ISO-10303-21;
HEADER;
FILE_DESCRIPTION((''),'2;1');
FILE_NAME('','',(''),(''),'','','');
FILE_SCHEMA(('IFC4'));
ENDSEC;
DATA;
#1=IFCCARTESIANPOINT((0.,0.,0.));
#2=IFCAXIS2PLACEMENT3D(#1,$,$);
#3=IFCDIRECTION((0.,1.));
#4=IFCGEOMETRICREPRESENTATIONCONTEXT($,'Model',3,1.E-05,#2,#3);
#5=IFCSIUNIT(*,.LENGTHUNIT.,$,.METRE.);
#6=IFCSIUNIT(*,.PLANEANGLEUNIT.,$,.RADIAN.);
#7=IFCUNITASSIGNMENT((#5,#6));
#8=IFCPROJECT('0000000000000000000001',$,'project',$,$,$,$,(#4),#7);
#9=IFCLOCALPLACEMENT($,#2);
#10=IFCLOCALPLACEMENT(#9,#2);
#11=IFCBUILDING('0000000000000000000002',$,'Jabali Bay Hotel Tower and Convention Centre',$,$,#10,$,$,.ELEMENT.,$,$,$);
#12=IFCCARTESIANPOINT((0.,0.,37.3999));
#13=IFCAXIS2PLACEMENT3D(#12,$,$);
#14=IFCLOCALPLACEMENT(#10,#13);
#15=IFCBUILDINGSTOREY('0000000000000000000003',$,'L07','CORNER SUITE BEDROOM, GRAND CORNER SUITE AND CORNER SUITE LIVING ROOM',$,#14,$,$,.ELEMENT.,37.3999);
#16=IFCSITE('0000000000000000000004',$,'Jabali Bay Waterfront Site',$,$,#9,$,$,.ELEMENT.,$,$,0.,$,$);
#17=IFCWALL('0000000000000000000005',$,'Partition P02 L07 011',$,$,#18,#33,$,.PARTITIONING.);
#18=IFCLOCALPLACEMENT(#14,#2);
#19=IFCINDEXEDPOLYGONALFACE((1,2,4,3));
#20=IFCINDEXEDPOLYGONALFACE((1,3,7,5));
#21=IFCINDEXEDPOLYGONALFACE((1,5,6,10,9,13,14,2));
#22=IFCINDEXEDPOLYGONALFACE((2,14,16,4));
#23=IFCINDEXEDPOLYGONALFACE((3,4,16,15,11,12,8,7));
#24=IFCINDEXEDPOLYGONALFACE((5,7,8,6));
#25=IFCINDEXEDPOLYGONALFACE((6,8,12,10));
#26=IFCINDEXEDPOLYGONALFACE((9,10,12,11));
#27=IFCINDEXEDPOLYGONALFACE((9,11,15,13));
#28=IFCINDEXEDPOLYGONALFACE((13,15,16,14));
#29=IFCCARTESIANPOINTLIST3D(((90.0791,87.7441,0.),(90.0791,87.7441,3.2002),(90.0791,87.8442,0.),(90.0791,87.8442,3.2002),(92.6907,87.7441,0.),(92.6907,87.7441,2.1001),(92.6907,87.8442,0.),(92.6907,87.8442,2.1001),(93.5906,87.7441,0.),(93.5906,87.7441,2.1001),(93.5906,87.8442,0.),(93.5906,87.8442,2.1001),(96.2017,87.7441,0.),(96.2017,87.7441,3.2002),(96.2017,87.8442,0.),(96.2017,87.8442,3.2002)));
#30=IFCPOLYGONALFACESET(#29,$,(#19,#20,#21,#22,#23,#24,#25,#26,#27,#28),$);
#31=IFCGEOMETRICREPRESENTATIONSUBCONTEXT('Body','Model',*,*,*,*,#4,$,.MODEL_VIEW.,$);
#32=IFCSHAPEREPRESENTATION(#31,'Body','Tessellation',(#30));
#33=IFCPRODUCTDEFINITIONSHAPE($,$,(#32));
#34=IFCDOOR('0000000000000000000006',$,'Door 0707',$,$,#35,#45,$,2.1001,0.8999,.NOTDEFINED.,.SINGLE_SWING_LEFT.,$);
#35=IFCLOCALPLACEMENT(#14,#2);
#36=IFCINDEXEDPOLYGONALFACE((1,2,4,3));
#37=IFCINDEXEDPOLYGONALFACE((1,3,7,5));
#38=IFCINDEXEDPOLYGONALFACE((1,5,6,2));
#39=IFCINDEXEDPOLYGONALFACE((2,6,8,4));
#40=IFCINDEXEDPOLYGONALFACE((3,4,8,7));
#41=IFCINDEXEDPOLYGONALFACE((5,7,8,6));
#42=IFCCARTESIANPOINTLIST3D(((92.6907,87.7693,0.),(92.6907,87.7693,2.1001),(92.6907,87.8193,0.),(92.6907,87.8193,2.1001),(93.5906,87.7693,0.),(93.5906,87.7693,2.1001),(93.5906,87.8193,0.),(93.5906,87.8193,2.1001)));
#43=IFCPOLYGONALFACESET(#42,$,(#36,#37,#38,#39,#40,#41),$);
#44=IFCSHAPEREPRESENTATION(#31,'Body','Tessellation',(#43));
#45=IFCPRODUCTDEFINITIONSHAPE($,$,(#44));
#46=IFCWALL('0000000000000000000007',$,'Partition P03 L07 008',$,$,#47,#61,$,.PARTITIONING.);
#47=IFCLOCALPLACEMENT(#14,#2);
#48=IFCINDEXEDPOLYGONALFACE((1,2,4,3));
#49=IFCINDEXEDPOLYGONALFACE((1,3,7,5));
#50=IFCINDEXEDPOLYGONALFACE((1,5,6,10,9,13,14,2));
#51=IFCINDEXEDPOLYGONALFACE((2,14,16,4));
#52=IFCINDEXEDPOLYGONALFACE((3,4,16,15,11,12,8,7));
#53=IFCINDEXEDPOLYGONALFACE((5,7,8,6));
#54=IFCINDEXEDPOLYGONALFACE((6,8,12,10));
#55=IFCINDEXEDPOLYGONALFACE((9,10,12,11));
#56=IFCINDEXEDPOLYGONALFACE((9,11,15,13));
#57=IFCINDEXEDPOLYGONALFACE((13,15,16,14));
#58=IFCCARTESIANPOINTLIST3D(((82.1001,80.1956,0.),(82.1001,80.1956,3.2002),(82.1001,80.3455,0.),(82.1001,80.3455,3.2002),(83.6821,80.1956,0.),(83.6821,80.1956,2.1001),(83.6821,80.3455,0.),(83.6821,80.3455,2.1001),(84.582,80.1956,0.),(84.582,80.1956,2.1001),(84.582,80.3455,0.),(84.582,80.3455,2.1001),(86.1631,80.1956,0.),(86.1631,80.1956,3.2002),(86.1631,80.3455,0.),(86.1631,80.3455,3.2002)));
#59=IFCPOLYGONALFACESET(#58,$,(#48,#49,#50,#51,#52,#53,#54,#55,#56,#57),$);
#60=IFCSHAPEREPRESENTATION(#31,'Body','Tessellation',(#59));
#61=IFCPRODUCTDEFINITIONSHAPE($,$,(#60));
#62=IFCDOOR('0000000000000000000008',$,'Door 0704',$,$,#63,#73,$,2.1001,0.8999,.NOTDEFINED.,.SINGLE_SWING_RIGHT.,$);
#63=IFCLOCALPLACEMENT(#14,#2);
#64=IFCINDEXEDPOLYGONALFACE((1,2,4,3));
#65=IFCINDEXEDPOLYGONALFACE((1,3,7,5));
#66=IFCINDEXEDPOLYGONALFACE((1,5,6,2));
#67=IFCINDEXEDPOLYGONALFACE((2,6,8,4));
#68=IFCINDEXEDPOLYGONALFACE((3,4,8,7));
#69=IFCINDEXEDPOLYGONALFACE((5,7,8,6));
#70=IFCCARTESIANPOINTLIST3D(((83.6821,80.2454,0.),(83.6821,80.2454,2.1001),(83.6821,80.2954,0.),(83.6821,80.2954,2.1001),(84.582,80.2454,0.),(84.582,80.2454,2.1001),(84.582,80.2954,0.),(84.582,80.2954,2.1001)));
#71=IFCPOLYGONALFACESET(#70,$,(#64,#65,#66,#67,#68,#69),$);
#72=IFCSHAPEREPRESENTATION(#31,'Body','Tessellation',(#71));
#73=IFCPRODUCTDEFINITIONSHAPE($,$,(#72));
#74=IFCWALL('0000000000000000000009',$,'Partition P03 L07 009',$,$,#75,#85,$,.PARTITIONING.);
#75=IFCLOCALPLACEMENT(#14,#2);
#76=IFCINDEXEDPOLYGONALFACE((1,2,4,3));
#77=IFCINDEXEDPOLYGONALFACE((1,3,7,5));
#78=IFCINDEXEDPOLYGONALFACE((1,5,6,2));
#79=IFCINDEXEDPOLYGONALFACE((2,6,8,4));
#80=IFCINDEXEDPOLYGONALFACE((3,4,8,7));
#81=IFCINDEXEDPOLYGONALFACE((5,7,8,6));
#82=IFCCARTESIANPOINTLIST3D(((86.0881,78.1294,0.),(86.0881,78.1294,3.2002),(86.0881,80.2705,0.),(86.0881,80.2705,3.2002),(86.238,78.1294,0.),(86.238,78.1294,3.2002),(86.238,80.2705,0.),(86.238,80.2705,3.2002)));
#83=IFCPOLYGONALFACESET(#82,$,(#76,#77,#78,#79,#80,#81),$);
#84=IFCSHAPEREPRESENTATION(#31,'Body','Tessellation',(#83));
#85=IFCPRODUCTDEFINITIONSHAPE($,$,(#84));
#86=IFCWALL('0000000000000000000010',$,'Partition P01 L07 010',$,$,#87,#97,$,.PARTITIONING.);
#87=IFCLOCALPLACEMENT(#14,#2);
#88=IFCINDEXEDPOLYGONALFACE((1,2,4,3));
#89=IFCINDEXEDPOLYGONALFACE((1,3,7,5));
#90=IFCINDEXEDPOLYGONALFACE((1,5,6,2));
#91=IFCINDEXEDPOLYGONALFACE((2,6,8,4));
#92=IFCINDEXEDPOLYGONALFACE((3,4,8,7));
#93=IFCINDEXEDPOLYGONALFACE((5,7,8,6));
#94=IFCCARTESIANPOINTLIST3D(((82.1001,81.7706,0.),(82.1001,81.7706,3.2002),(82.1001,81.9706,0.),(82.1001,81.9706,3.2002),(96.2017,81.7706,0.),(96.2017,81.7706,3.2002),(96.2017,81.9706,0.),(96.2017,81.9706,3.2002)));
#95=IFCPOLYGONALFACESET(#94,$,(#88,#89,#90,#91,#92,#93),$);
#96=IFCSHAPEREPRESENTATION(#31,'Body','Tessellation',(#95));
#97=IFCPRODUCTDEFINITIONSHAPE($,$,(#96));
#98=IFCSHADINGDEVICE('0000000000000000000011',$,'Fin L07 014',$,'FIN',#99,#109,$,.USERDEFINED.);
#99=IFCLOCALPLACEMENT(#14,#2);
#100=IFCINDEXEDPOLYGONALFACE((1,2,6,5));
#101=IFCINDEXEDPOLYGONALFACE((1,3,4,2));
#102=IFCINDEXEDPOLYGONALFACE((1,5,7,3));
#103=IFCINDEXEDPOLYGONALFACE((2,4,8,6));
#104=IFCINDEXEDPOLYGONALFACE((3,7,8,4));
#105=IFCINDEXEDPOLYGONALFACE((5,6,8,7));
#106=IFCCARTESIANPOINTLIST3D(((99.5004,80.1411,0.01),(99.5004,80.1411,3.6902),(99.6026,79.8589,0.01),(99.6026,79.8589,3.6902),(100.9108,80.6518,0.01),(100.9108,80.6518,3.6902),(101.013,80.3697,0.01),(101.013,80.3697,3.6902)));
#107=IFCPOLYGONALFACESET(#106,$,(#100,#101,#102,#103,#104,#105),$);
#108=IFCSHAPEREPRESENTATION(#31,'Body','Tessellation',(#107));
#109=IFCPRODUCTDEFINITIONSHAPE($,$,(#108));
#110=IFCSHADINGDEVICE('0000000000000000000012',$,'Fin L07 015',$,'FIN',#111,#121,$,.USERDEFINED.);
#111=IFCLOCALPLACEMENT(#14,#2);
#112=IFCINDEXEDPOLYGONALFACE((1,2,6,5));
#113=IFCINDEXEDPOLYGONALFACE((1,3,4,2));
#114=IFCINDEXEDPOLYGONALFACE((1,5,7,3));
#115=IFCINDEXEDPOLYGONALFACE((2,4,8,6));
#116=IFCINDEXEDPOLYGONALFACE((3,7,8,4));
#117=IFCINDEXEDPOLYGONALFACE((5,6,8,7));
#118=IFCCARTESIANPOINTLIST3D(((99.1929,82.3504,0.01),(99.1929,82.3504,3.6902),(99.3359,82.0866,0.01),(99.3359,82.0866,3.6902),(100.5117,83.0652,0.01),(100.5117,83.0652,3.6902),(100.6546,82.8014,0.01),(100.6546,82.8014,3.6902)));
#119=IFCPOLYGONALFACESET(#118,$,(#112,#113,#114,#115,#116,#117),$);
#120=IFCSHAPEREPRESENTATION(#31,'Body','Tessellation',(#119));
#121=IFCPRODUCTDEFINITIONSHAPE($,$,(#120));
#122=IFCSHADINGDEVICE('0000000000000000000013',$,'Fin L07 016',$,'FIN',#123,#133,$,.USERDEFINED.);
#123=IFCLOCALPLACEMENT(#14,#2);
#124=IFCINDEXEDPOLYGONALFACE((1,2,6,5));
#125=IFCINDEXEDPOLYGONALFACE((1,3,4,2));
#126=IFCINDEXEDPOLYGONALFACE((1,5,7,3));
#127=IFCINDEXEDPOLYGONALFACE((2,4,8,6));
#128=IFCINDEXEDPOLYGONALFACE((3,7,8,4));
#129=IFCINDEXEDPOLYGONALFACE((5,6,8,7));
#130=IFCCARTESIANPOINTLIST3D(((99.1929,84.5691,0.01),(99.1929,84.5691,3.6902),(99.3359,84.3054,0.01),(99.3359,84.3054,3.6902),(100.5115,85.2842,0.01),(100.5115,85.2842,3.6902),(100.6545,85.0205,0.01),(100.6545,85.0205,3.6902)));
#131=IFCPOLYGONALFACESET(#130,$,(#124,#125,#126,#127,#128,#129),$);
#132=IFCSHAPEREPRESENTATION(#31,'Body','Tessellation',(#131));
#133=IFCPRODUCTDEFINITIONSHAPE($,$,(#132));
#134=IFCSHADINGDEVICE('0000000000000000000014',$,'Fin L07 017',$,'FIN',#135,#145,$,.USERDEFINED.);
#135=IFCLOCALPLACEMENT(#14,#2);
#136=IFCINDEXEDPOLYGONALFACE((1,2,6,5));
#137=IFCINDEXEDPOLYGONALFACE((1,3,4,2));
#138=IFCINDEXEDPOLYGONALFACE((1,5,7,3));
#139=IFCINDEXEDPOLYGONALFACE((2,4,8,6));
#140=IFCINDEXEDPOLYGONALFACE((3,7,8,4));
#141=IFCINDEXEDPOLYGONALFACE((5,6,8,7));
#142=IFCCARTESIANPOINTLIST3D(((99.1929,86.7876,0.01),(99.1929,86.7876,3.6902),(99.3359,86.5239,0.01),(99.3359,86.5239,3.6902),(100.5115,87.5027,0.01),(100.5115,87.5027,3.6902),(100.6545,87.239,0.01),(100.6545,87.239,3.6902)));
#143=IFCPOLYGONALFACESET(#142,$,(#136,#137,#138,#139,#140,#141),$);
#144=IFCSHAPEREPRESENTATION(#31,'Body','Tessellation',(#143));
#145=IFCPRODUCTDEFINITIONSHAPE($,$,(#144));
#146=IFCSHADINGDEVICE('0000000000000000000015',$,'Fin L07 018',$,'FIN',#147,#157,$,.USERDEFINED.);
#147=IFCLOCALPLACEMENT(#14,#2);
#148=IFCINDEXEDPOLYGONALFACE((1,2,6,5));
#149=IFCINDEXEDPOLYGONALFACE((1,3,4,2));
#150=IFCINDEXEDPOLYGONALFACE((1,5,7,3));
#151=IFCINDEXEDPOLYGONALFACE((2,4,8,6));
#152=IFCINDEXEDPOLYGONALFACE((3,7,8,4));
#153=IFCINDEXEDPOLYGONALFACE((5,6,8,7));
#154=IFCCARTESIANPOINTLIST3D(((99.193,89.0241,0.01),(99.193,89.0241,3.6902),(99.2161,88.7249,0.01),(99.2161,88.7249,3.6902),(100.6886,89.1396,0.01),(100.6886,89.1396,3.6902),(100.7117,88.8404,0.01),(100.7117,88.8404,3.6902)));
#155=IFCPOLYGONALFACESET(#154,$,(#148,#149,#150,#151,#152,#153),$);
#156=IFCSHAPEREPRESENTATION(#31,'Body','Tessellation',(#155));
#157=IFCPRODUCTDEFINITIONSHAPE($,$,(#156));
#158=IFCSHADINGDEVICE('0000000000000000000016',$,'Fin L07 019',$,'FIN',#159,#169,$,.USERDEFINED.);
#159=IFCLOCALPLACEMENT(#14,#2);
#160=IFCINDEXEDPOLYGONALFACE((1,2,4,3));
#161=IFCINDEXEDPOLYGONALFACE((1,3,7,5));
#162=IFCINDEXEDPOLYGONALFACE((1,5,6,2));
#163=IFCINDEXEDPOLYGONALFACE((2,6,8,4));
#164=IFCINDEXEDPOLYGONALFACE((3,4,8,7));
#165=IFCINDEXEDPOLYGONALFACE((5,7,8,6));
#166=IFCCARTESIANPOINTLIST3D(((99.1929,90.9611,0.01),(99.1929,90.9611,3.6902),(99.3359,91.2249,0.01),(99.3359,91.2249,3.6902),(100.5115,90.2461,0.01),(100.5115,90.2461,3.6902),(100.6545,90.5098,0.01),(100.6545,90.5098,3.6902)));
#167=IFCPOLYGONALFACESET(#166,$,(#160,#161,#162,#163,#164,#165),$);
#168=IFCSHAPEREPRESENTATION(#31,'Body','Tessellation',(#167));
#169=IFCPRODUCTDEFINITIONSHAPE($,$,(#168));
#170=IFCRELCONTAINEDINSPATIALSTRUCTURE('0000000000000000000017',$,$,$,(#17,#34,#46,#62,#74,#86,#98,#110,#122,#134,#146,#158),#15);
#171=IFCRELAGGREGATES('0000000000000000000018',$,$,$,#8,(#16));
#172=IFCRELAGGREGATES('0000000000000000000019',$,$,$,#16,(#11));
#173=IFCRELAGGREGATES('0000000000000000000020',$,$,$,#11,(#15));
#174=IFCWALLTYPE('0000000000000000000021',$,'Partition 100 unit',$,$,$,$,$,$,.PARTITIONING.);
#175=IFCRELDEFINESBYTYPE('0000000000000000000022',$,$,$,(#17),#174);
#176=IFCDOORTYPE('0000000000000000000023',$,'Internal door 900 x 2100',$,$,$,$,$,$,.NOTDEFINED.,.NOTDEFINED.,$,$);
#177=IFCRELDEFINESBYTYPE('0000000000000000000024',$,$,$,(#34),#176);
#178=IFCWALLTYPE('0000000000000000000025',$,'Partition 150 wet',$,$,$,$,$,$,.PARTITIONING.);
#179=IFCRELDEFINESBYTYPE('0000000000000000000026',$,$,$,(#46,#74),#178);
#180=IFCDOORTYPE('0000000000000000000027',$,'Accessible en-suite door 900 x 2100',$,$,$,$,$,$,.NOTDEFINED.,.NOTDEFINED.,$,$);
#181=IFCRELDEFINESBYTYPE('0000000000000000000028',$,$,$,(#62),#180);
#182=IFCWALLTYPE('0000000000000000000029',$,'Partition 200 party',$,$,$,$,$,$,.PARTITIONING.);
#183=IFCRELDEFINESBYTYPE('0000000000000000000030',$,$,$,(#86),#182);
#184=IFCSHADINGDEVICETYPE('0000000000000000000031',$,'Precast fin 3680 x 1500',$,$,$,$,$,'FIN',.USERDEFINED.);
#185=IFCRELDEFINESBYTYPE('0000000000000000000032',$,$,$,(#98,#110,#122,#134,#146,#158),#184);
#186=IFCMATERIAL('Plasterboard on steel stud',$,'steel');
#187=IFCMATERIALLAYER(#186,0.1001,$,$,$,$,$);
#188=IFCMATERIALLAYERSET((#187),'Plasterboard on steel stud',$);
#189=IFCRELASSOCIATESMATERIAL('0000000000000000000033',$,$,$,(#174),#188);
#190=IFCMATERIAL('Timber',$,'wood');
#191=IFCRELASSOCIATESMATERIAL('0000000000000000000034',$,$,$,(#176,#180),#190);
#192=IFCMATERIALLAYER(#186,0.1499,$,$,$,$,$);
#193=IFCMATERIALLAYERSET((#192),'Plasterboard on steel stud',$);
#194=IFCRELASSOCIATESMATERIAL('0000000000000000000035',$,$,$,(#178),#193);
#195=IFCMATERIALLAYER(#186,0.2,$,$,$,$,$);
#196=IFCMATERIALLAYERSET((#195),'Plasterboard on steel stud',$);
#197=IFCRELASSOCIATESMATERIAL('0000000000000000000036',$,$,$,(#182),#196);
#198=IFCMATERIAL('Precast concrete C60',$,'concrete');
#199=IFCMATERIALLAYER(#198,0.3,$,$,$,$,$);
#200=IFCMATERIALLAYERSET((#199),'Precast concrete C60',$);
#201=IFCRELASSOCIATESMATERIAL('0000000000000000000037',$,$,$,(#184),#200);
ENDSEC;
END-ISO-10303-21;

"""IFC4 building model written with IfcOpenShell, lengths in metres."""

from ifc_helpers import new_model, si_unit, direction, frame, frame_2d, origin, place, context, subcontext, project, spatial, rectangle, extrude, material, layer, layer_set, type_object, element, fill, save


model = new_model("IFC4")

# Units and contexts
model_context = context("Model", 3, precision=1e-05, world=origin(), true_north=direction((0.0, 1.0)))
body_context = subcontext(model_context, "Body", "Model", "MODEL_VIEW")
ifc_project = project(units=[si_unit("LENGTHUNIT", "METRE"), si_unit("PLANEANGLEUNIT", "RADIAN")], contexts=[model_context])

# Site, building, storey
site_placement = place(None, origin())
site = spatial("IfcSite", under=ifc_project, at=site_placement, Name="Jabali Bay Waterfront Site", CompositionType="ELEMENT", RefElevation=0.0)
building_placement = place(site_placement, origin())
building = spatial("IfcBuilding", under=site, at=building_placement, Name="Jabali Bay Hotel Tower and Convention Centre", CompositionType="ELEMENT")
storey_placement = place(building_placement, frame((0.0, 0.0, 37.3999)))
storey = spatial("IfcBuildingStorey", under=building, at=storey_placement, Name="L07", Description="CORNER SUITE BEDROOM, GRAND CORNER SUITE AND CORNER SUITE LIVING ROOM", CompositionType="ELEMENT", Elevation=37.3999)

# Walls, openings, doors
ifc_material_1 = material(Name="Plasterboard on steel stud", Category="steel")
ifc_layer_1 = layer(ifc_material_1, 0.1001)
ifc_layer_set_1 = layer_set([ifc_layer_1], Name="Plasterboard on steel stud")
wall_type_1 = type_object("IfcWallType", Name="Partition 100 unit", PredefinedType="PARTITIONING", material=ifc_layer_set_1)
wall_1_placement = place(storey_placement, frame((96.2017, 87.7942, 0.0), z_axis=(0.0, 0.0, 1.0), x_axis=(-1.0, 0.0, 0.0)))
wall_1 = element("IfcWall", 1, at=wall_1_placement, inside=storey, type_object=wall_type_1, Name="Partition P02 L07 011", PredefinedType="PARTITIONING", context=body_context, shape_type="SweptSolid", body=[
    extrude(rectangle(XDim=6.1226, YDim=0.1001, at=frame_2d((3.0613, 0.0))), origin(), (0.0, 0.0, 1.0), 3.2002),
])
opening_1_placement = place(wall_1_placement, frame((2.6111, 0.0, 0.0)))
opening_1 = element("IfcOpeningElement", 2, at=opening_1_placement, cuts=wall_1, PredefinedType="OPENING", context=body_context, shape_type="SweptSolid", body=[
    extrude(rectangle(XDim=0.8999, YDim=2.1001, at=frame_2d((0.45, 1.05))), frame((0.0, 0.0605, 0.0), z_axis=(0.0, -1.0, 0.0), x_axis=(1.0, 0.0, 0.0)), (0.0, 0.0, 1.0), 0.1211),
])
ifc_material_2 = material(Name="Timber", Category="wood")
door_type_1 = type_object("IfcDoorType", Name="Internal door 900 x 2100", OperationType="NOTDEFINED", PredefinedType="NOTDEFINED", material=ifc_material_2)
door_1_placement = place(opening_1_placement, origin())
door_1 = element("IfcDoor", 3, at=door_1_placement, inside=storey, type_object=door_type_1, Name="Door 0707", OperationType="SINGLE_SWING_LEFT", OverallHeight=2.1001, OverallWidth=0.8999, PredefinedType="NOTDEFINED", context=body_context, shape_type="SweptSolid", body=[
    extrude(rectangle(XDim=0.8999, YDim=2.1001, at=frame_2d((0.45, 1.05))), frame((0.0, 0.0249, 0.0), z_axis=(0.0, -1.0, 0.0), x_axis=(1.0, 0.0, 0.0)), (0.0, 0.0, 1.0), 0.05),
])
fill(opening_1, door_1)
ifc_layer_2 = layer(ifc_material_1, 0.1499)
ifc_layer_set_2 = layer_set([ifc_layer_2], Name="Plasterboard on steel stud")
wall_type_2 = type_object("IfcWallType", Name="Partition 150 wet", PredefinedType="PARTITIONING", material=ifc_layer_set_2)
wall_2_placement = place(storey_placement, frame((82.1001, 80.2705, 0.0), z_axis=(0.0, 0.0, 1.0), x_axis=(1.0, 0.0, 0.0)))
wall_2 = element("IfcWall", 4, at=wall_2_placement, inside=storey, type_object=wall_type_2, Name="Partition P03 L07 008", PredefinedType="PARTITIONING", context=body_context, shape_type="SweptSolid", body=[
    extrude(rectangle(XDim=4.063, YDim=0.1499, at=frame_2d((2.0315, 0.0))), origin(), (0.0, 0.0, 1.0), 3.2002),
])
opening_2_placement = place(wall_2_placement, frame((1.582, 0.0, 0.0)))
opening_2 = element("IfcOpeningElement", 5, at=opening_2_placement, cuts=wall_2, PredefinedType="OPENING", context=body_context, shape_type="SweptSolid", body=[
    extrude(rectangle(XDim=0.8999, YDim=2.1001, at=frame_2d((0.45, 1.05))), frame((0.0, 0.0854, 0.0), z_axis=(0.0, -1.0, 0.0), x_axis=(1.0, 0.0, 0.0)), (0.0, 0.0, 1.0), 0.1709),
])
door_type_2 = type_object("IfcDoorType", Name="Accessible en-suite door 900 x 2100", OperationType="NOTDEFINED", PredefinedType="NOTDEFINED", material=ifc_material_2)
door_2_placement = place(opening_2_placement, origin())
door_2 = element("IfcDoor", 6, at=door_2_placement, inside=storey, type_object=door_type_2, Name="Door 0704", OperationType="SINGLE_SWING_RIGHT", OverallHeight=2.1001, OverallWidth=0.8999, PredefinedType="NOTDEFINED", context=body_context, shape_type="SweptSolid", body=[
    extrude(rectangle(XDim=0.8999, YDim=2.1001, at=frame_2d((0.45, 1.05))), frame((0.0, 0.0249, 0.0), z_axis=(0.0, -1.0, 0.0), x_axis=(1.0, 0.0, 0.0)), (0.0, 0.0, 1.0), 0.05),
])
fill(opening_2, door_2)

# Walls
wall_3_placement = place(storey_placement, frame((86.1631, 80.2705, 0.0), z_axis=(0.0, 0.0, 1.0), x_axis=(0.0, -1.0, 0.0)))
element("IfcWall", 7, at=wall_3_placement, inside=storey, type_object=wall_type_2, Name="Partition P03 L07 009", PredefinedType="PARTITIONING", context=body_context, shape_type="SweptSolid", body=[
    extrude(rectangle(XDim=2.1411, YDim=0.1499, at=frame_2d((1.0706, 0.0))), origin(), (0.0, 0.0, 1.0), 3.2002),
])
ifc_layer_3 = layer(ifc_material_1, 0.2)
ifc_layer_set_3 = layer_set([ifc_layer_3], Name="Plasterboard on steel stud")
wall_type_3 = type_object("IfcWallType", Name="Partition 200 party", PredefinedType="PARTITIONING", material=ifc_layer_set_3)
wall_4_placement = place(storey_placement, frame((96.2017, 81.8706, 0.0), z_axis=(0.0, 0.0, 1.0), x_axis=(-1.0, 0.0, 0.0)))
element("IfcWall", 8, at=wall_4_placement, inside=storey, type_object=wall_type_3, Name="Partition P01 L07 010", PredefinedType="PARTITIONING", context=body_context, shape_type="SweptSolid", body=[
    extrude(rectangle(XDim=14.1016, YDim=0.2, at=frame_2d((7.0508, 0.0))), origin(), (0.0, 0.0, 1.0), 3.2002),
])

# Shading devices
ifc_material_3 = material(Name="Precast concrete C60", Category="concrete")
ifc_layer_4 = layer(ifc_material_3, 0.3)
ifc_layer_set_4 = layer_set([ifc_layer_4], Name="Precast concrete C60")
shading_device_type = type_object("IfcShadingDeviceType", Name="Precast fin 3680 x 1500", ElementType="FIN", PredefinedType="USERDEFINED", material=ifc_layer_set_4)
for number, where, z_axis, x_axis, name in (
    (9, (99.5515, 80.0, 0.01), (0.0, 0.0, 1.0), (0.940249, 0.340488, 0.0), "Fin L07 014"),
    (10, (99.2644, 82.2185, 0.01), (0.0, 0.0, 1.0), (0.879161, 0.476524, 0.0), "Fin L07 015"),
    (11, (99.2644, 84.4373, 0.01), (0.0, 0.0, 1.0), (0.879056, 0.476718, 0.0), "Fin L07 016"),
    (12, (99.2644, 86.6558, 0.01), (0.0, 0.0, 1.0), (0.879056, 0.476718, 0.0), "Fin L07 017"),
    (13, (99.2046, 88.8745, 0.01), (0.0, 0.0, 1.0), (0.997032, 0.076983, 0.0), "Fin L07 018"),
    (14, (99.2644, 91.093, 0.01), (0.0, 0.0, 1.0), (0.879056, -0.476718, 0.0), "Fin L07 019"),
):
    element("IfcShadingDevice", number, at=place(storey_placement, frame(where, z_axis=z_axis, x_axis=x_axis)), inside=storey, type_object=shading_device_type, Name=name, ObjectType="FIN", PredefinedType="USERDEFINED", context=body_context, shape_type="SweptSolid", body=[
        extrude(rectangle(XDim=1.5, YDim=0.3, at=frame_2d((0.75, 0.0))), origin(), (0.0, 0.0, 1.0), 3.6802),
    ])

save(model, "model.ifc")
